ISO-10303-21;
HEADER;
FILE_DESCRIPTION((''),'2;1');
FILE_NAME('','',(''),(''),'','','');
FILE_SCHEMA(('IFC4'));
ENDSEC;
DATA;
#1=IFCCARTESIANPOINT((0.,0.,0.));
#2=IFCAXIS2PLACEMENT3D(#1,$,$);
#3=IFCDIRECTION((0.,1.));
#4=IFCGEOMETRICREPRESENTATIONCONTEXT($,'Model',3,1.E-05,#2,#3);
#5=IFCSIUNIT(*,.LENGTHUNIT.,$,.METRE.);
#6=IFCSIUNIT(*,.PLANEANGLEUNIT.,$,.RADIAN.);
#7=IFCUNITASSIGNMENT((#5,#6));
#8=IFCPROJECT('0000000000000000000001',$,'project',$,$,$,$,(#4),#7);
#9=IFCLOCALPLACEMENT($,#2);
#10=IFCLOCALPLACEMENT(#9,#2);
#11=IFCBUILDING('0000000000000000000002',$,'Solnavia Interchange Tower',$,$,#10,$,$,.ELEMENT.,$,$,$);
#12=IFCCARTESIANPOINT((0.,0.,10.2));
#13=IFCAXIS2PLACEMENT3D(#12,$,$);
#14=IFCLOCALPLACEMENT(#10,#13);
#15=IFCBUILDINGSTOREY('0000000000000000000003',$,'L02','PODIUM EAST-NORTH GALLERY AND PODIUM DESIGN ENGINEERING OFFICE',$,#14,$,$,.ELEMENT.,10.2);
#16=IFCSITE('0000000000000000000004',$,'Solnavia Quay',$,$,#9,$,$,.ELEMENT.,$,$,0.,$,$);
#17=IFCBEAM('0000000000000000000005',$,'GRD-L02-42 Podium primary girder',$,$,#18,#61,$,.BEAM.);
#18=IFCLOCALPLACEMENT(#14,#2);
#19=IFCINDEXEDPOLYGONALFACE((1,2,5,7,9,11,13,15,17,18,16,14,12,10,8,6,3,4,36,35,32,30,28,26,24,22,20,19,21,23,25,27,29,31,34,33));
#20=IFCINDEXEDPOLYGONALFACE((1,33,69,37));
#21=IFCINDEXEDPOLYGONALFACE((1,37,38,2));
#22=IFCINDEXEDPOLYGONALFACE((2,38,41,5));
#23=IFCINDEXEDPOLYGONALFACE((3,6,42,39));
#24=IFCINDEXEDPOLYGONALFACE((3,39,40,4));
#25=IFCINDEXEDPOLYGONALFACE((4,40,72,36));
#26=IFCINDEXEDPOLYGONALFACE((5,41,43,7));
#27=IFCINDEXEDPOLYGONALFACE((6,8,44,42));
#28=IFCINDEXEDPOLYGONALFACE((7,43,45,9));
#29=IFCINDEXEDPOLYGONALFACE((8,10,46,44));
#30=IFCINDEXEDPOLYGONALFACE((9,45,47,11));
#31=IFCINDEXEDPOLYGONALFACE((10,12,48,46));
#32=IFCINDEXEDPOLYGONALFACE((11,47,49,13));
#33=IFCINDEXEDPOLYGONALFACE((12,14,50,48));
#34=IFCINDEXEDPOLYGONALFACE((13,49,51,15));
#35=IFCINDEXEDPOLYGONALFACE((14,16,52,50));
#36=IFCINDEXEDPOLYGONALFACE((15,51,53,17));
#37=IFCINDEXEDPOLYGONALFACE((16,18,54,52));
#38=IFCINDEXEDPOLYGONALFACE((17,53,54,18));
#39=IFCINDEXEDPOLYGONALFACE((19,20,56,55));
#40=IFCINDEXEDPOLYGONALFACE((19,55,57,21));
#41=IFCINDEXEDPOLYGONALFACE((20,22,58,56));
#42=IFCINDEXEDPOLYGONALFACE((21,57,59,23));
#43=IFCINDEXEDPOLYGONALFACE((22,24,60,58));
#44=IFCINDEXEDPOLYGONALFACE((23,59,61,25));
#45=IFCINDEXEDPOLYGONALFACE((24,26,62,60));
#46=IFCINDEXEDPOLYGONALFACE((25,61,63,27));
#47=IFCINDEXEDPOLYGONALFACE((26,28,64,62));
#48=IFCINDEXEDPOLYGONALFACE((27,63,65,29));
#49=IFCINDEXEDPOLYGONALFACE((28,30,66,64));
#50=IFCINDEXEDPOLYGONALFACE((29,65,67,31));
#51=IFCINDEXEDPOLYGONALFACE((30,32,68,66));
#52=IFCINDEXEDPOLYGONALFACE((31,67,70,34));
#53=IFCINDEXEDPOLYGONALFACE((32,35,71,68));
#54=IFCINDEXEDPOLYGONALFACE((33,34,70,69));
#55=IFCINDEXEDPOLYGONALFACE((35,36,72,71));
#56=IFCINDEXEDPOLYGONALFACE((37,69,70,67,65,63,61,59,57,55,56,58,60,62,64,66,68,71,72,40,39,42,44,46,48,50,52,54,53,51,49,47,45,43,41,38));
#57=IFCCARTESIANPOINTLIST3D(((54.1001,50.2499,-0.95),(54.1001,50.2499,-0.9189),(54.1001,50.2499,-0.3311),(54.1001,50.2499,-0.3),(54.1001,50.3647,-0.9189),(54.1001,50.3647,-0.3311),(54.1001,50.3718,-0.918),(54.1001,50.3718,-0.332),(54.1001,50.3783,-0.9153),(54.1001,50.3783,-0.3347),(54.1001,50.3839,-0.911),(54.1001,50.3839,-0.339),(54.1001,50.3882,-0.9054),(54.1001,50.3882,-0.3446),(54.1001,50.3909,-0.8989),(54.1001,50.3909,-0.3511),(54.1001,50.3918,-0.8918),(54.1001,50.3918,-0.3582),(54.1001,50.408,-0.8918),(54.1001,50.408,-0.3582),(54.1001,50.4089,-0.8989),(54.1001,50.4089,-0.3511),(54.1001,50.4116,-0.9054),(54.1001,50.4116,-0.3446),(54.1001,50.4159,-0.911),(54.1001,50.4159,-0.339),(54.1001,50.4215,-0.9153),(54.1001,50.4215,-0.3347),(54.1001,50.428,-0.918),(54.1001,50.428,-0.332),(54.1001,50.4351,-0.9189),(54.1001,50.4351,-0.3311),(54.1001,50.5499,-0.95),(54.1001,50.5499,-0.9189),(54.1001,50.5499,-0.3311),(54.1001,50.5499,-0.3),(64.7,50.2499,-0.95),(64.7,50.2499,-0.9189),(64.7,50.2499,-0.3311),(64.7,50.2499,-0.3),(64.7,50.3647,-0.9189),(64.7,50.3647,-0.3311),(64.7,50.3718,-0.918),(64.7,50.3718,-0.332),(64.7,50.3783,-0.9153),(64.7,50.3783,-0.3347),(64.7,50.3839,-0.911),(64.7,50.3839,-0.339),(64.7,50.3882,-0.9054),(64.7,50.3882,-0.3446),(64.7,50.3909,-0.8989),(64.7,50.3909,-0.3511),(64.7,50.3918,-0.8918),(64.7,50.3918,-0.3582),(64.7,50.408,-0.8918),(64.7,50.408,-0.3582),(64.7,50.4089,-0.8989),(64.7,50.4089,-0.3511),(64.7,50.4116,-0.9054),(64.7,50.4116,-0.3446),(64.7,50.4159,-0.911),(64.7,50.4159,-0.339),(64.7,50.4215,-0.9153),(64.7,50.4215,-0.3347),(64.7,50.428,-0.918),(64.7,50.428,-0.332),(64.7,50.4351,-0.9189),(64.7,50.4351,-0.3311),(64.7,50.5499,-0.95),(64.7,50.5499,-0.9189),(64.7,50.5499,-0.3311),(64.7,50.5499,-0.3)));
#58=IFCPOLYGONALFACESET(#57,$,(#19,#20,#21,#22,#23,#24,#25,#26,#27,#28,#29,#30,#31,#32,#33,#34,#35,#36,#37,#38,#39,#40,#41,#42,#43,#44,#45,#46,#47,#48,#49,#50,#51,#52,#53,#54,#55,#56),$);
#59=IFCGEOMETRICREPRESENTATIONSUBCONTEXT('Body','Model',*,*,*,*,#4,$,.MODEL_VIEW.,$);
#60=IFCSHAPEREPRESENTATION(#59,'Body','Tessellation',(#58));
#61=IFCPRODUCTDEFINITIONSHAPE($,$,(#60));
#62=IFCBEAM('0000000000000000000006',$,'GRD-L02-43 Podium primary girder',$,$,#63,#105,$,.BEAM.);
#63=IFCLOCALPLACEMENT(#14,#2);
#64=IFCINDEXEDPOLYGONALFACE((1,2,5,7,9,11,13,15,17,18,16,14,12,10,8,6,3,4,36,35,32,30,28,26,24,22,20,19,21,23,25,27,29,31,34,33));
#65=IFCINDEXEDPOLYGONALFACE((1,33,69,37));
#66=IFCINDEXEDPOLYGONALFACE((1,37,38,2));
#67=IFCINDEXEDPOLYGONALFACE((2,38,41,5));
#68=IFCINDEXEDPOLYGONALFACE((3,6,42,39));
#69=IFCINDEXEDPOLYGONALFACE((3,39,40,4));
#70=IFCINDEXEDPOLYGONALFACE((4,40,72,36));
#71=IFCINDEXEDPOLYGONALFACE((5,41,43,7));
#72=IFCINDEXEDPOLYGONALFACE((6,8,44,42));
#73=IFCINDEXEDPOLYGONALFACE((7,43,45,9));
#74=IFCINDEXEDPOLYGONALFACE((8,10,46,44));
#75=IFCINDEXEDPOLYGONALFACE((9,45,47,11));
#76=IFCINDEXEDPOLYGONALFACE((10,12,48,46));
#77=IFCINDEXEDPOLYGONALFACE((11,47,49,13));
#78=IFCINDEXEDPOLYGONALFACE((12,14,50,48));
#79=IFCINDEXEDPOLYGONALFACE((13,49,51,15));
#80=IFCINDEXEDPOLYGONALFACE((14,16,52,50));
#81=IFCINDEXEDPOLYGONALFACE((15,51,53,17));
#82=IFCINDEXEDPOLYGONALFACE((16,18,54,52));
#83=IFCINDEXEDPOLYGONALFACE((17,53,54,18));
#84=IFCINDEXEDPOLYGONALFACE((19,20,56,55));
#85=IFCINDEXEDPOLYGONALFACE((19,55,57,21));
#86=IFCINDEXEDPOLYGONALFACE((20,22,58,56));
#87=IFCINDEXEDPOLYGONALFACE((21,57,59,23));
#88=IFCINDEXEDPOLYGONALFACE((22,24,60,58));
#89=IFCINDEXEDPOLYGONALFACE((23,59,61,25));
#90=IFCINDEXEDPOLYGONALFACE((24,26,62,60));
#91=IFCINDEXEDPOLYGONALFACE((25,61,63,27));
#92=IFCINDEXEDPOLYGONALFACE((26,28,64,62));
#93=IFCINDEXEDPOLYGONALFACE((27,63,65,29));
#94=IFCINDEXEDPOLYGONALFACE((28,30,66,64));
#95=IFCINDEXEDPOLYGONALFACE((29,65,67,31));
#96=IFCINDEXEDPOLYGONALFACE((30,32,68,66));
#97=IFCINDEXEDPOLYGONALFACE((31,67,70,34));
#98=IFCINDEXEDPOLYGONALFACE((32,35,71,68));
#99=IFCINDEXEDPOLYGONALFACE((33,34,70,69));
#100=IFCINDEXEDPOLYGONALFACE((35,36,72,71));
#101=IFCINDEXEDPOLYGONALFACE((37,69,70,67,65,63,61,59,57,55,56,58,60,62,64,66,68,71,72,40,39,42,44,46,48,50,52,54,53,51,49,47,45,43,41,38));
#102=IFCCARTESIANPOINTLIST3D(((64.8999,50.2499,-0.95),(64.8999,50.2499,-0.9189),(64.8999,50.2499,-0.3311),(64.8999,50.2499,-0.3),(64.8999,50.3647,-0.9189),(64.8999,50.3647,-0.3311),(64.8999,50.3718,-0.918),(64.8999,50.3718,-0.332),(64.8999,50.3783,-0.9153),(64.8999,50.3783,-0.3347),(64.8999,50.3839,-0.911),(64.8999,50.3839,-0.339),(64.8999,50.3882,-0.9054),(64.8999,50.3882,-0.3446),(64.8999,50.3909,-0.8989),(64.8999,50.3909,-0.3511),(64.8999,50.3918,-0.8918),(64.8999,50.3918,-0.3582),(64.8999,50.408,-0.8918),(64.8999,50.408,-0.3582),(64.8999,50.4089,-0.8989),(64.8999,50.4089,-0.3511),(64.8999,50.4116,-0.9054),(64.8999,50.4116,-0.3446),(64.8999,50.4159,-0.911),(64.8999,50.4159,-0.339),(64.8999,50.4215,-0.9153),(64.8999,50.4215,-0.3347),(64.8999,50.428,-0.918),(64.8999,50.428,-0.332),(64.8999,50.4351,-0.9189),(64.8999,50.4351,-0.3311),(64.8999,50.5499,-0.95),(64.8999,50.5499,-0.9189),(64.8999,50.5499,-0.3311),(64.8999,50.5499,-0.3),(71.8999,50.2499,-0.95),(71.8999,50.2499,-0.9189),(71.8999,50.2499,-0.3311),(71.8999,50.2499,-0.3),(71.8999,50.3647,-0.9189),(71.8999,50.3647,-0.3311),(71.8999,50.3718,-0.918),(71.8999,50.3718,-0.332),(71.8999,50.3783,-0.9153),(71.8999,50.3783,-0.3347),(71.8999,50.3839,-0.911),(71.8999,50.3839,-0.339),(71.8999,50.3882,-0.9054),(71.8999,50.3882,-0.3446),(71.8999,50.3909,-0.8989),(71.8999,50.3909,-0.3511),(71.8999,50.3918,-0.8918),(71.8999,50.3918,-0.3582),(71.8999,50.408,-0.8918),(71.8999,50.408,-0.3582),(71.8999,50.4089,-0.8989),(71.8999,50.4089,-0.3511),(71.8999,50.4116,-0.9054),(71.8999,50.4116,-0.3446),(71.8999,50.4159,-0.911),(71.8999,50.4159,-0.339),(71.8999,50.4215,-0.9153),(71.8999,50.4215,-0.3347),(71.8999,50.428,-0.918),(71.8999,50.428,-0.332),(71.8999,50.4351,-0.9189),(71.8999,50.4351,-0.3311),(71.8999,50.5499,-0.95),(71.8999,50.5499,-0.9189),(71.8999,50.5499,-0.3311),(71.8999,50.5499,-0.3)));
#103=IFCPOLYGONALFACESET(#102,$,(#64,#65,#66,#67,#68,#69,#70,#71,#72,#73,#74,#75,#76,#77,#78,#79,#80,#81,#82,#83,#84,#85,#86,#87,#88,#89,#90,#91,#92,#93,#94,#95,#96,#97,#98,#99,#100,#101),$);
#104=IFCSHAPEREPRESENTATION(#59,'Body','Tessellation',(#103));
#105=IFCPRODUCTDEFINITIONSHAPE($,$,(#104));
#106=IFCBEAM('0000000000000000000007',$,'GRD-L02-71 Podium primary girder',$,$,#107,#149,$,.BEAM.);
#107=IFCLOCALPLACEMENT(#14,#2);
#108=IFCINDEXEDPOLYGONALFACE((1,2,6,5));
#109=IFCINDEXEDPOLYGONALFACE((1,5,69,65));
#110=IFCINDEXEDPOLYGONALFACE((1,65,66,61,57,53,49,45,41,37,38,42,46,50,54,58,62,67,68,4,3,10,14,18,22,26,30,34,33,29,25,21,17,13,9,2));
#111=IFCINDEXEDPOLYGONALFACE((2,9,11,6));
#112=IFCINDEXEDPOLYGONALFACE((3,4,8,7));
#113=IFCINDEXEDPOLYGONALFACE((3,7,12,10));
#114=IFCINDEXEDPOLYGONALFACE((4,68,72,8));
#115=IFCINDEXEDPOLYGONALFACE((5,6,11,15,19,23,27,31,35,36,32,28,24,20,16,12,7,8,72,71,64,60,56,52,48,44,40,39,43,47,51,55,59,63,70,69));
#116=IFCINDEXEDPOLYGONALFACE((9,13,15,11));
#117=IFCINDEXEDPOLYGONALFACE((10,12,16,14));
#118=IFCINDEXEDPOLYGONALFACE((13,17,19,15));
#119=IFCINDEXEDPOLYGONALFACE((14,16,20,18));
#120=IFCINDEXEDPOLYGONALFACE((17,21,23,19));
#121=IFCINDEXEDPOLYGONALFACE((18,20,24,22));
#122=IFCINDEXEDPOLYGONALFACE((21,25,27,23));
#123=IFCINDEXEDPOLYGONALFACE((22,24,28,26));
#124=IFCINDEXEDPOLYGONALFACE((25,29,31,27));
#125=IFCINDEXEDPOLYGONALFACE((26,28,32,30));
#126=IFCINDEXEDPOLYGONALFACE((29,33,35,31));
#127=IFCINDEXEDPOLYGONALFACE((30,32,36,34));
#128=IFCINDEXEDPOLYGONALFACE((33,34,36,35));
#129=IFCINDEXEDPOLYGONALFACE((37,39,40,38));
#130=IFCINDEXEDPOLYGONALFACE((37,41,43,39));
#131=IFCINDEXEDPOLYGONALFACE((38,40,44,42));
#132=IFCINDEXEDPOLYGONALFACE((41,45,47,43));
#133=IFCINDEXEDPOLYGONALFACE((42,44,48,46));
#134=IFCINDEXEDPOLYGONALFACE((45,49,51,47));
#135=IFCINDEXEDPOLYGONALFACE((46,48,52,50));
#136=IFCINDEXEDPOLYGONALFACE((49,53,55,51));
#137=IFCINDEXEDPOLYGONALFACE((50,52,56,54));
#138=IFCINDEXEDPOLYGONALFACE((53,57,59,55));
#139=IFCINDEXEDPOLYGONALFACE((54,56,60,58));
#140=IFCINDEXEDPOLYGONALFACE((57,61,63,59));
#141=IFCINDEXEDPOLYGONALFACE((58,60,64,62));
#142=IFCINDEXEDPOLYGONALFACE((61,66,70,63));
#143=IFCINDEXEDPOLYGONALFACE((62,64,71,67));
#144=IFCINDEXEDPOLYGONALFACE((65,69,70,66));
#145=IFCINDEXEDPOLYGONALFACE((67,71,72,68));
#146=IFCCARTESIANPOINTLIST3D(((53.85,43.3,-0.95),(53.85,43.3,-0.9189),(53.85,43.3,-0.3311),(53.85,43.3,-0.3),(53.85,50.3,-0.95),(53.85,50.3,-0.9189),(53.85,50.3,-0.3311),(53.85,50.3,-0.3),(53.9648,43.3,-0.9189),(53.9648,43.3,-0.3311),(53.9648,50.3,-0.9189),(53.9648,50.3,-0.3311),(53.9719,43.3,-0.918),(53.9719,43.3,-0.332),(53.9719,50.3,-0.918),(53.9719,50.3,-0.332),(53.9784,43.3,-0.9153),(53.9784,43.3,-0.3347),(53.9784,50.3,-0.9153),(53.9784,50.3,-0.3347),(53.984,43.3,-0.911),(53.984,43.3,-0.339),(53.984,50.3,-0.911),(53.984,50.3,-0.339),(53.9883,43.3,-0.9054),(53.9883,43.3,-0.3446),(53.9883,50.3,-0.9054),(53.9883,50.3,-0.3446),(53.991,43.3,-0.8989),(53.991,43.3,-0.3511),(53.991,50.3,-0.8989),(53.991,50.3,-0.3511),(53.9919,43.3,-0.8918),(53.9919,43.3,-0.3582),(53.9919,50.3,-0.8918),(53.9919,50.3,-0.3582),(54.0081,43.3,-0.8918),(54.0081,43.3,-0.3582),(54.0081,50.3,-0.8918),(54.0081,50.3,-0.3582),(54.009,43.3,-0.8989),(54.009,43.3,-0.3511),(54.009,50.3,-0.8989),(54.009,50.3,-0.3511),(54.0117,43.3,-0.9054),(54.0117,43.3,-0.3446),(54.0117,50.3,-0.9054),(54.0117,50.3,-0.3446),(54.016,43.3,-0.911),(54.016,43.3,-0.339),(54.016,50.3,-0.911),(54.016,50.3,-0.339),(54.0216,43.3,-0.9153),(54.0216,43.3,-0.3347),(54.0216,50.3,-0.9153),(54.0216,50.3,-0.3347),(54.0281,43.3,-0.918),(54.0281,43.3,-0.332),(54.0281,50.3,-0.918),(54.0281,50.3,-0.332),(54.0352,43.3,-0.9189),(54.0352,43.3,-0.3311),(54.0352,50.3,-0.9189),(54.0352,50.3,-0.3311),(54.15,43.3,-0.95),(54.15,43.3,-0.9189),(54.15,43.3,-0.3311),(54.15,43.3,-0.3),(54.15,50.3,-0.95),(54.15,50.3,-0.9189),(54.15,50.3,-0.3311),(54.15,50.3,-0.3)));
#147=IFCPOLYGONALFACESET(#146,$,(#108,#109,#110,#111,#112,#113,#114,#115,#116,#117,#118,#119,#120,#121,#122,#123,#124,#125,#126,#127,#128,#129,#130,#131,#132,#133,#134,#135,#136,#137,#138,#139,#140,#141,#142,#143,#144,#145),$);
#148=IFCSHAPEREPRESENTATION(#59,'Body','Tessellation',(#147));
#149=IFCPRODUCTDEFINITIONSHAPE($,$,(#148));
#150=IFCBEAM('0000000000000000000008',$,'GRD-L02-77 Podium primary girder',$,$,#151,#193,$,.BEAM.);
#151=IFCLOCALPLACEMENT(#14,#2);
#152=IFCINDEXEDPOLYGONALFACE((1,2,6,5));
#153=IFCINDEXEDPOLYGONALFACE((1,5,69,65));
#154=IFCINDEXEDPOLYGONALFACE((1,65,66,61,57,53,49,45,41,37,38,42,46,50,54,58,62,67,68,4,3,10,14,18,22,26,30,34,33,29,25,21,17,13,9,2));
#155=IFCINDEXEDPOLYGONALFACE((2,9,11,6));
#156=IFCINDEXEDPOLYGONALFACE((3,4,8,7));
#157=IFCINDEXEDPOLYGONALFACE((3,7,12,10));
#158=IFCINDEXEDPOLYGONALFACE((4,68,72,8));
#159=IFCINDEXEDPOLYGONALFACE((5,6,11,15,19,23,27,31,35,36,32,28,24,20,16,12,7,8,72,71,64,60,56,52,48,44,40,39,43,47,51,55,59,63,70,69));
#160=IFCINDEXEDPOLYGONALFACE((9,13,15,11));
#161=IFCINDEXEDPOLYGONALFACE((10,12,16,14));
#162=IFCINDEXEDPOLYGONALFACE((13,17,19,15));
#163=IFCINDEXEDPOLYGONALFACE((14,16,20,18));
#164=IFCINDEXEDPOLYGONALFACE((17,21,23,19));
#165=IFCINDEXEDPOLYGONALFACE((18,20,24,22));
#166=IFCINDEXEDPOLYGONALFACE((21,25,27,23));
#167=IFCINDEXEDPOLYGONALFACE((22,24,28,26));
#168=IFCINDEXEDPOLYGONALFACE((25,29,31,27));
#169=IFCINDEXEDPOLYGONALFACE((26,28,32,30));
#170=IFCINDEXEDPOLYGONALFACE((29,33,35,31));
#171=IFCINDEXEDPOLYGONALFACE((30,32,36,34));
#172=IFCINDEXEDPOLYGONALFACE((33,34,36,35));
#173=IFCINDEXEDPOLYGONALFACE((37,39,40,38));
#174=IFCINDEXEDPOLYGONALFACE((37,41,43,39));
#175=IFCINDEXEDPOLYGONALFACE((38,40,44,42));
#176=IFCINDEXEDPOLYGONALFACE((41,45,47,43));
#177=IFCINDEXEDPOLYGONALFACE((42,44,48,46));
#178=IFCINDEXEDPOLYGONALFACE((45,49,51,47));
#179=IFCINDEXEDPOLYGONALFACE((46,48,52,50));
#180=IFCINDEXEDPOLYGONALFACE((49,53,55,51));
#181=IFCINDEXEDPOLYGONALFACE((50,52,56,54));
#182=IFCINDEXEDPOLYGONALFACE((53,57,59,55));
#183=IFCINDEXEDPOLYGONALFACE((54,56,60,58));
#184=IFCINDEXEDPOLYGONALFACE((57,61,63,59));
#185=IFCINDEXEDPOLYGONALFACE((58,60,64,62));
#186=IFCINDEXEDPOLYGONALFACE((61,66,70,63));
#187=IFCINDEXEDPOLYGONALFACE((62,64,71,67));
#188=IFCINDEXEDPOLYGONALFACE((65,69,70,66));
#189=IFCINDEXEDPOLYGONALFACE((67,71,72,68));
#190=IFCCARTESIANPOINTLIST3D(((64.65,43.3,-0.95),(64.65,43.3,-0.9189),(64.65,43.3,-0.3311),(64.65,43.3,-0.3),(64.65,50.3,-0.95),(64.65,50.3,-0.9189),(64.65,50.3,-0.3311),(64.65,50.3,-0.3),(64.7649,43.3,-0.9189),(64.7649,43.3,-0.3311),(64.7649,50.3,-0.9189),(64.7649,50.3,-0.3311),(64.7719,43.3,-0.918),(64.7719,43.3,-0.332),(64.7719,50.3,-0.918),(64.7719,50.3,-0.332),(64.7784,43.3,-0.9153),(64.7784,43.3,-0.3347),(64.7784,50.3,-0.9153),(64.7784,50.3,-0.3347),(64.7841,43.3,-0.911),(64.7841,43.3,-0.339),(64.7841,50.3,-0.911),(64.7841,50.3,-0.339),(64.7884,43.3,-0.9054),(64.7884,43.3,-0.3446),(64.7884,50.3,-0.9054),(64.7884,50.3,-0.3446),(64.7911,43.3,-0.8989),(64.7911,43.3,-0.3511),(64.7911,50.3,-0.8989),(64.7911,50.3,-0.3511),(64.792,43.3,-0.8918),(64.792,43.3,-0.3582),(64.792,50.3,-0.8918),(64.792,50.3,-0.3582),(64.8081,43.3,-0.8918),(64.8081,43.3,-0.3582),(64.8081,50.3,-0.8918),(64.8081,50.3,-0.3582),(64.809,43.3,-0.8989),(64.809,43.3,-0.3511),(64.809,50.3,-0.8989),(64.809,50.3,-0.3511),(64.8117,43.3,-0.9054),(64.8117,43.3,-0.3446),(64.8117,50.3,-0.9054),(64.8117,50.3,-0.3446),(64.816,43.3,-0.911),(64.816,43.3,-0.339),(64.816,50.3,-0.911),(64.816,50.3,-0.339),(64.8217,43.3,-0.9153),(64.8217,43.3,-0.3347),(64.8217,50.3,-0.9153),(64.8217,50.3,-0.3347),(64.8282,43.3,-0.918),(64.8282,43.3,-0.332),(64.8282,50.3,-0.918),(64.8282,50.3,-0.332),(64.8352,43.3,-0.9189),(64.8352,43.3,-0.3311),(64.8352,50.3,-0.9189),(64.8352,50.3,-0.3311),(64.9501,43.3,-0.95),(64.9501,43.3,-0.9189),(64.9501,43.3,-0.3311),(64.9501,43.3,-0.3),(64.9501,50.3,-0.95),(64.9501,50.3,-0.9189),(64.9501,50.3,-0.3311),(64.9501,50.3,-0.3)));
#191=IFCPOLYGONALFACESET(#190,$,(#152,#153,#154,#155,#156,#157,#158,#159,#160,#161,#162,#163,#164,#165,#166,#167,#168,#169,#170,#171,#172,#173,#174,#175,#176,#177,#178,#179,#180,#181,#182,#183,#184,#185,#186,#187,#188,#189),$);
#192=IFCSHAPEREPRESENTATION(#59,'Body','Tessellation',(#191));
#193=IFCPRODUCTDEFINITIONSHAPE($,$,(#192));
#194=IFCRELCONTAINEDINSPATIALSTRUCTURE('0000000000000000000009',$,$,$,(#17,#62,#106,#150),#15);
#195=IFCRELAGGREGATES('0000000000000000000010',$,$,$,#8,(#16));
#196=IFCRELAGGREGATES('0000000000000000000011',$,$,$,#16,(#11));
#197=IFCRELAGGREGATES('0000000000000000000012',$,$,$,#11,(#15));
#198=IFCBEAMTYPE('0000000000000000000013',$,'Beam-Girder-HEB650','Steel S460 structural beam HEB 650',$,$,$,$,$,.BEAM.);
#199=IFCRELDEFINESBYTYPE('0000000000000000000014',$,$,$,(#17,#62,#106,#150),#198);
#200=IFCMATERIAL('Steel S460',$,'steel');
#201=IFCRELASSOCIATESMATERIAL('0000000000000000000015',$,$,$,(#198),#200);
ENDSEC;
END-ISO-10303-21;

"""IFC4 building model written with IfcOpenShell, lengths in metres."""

from ifc_helpers import new_model, si_unit, direction, frame, origin, origin_2d, place, context, subcontext, project, spatial, i_section, extrude, material, material_profile, profile_set, type_object, element, save


model = new_model("IFC4")

# Units and contexts
model_context = context("Model", 3, precision=1e-05, world=origin(), true_north=direction((0.0, 1.0)))
body_context = subcontext(model_context, "Body", "Model", "MODEL_VIEW")
ifc_project = project(units=[si_unit("LENGTHUNIT", "METRE"), si_unit("PLANEANGLEUNIT", "RADIAN")], contexts=[model_context])

# Site, building, storey
site_placement = place(None, origin())
site = spatial("IfcSite", under=ifc_project, at=site_placement, Name="Solnavia Quay", CompositionType="ELEMENT", RefElevation=0.0)
building_placement = place(site_placement, origin())
building = spatial("IfcBuilding", under=site, at=building_placement, Name="Solnavia Interchange Tower", CompositionType="ELEMENT")
storey_placement = place(building_placement, frame((0.0, 0.0, 10.2)))
storey = spatial("IfcBuildingStorey", under=building, at=storey_placement, Name="L02", Description="PODIUM EAST-NORTH GALLERY AND PODIUM DESIGN ENGINEERING OFFICE", CompositionType="ELEMENT", Elevation=10.2)

# Beams
ifc_material_1 = material(Name="Steel S460", Category="steel")
ifc_material_profile_1 = material_profile(ifc_material_1, i_section(OverallWidth=0.3, OverallDepth=0.6499, WebThickness=0.0161, FlangeThickness=0.031, FilletRadius=0.0271, at=origin_2d()), Name="HEB 650")
ifc_profile_set_1 = profile_set([ifc_material_profile_1], Name="Steel S460")
beam_type_1 = type_object("IfcBeamType", Name="Beam-Girder-HEB650", Description="Steel S460 structural beam HEB 650", PredefinedType="BEAM", material=ifc_profile_set_1)
beam_1_placement = place(storey_placement, frame((54.1001, 50.3999, -0.625), z_axis=(1.0, 0.0, 0.0), x_axis=(0.0, 1.0, 0.0)))
element("IfcBeam", 1, at=beam_1_placement, inside=storey, type_object=beam_type_1, Name="GRD-L02-42 Podium primary girder", PredefinedType="BEAM", context=body_context, shape_type="SweptSolid", body=[
    extrude(i_section(OverallWidth=0.3, OverallDepth=0.6499, WebThickness=0.0161, FlangeThickness=0.031, FilletRadius=0.0271, at=origin_2d()), origin(), (0.0, 0.0, 1.0), 10.5999),
])
for number, where, z_axis, x_axis, name in (
    (2, (64.8999, 50.3999, -0.625), (1.0, 0.0, 0.0), (0.0, 1.0, 0.0), "GRD-L02-43 Podium primary girder"),
    (3, (54.0, 43.3, -0.625), (0.0, 1.0, 0.0), (-1.0, 0.0, 0.0), "GRD-L02-71 Podium primary girder"),
    (4, (64.8, 43.3, -0.625), (0.0, 1.0, 0.0), (-1.0, 0.0, 0.0), "GRD-L02-77 Podium primary girder"),
):
    element("IfcBeam", number, at=place(storey_placement, frame(where, z_axis=z_axis, x_axis=x_axis)), inside=storey, type_object=beam_type_1, Name=name, PredefinedType="BEAM", context=body_context, shape_type="SweptSolid", body=[
        extrude(i_section(OverallWidth=0.3, OverallDepth=0.6499, WebThickness=0.0161, FlangeThickness=0.031, FilletRadius=0.0271, at=origin_2d()), origin(), (0.0, 0.0, 1.0), 7.0),
    ])

save(model, "model.ifc")
